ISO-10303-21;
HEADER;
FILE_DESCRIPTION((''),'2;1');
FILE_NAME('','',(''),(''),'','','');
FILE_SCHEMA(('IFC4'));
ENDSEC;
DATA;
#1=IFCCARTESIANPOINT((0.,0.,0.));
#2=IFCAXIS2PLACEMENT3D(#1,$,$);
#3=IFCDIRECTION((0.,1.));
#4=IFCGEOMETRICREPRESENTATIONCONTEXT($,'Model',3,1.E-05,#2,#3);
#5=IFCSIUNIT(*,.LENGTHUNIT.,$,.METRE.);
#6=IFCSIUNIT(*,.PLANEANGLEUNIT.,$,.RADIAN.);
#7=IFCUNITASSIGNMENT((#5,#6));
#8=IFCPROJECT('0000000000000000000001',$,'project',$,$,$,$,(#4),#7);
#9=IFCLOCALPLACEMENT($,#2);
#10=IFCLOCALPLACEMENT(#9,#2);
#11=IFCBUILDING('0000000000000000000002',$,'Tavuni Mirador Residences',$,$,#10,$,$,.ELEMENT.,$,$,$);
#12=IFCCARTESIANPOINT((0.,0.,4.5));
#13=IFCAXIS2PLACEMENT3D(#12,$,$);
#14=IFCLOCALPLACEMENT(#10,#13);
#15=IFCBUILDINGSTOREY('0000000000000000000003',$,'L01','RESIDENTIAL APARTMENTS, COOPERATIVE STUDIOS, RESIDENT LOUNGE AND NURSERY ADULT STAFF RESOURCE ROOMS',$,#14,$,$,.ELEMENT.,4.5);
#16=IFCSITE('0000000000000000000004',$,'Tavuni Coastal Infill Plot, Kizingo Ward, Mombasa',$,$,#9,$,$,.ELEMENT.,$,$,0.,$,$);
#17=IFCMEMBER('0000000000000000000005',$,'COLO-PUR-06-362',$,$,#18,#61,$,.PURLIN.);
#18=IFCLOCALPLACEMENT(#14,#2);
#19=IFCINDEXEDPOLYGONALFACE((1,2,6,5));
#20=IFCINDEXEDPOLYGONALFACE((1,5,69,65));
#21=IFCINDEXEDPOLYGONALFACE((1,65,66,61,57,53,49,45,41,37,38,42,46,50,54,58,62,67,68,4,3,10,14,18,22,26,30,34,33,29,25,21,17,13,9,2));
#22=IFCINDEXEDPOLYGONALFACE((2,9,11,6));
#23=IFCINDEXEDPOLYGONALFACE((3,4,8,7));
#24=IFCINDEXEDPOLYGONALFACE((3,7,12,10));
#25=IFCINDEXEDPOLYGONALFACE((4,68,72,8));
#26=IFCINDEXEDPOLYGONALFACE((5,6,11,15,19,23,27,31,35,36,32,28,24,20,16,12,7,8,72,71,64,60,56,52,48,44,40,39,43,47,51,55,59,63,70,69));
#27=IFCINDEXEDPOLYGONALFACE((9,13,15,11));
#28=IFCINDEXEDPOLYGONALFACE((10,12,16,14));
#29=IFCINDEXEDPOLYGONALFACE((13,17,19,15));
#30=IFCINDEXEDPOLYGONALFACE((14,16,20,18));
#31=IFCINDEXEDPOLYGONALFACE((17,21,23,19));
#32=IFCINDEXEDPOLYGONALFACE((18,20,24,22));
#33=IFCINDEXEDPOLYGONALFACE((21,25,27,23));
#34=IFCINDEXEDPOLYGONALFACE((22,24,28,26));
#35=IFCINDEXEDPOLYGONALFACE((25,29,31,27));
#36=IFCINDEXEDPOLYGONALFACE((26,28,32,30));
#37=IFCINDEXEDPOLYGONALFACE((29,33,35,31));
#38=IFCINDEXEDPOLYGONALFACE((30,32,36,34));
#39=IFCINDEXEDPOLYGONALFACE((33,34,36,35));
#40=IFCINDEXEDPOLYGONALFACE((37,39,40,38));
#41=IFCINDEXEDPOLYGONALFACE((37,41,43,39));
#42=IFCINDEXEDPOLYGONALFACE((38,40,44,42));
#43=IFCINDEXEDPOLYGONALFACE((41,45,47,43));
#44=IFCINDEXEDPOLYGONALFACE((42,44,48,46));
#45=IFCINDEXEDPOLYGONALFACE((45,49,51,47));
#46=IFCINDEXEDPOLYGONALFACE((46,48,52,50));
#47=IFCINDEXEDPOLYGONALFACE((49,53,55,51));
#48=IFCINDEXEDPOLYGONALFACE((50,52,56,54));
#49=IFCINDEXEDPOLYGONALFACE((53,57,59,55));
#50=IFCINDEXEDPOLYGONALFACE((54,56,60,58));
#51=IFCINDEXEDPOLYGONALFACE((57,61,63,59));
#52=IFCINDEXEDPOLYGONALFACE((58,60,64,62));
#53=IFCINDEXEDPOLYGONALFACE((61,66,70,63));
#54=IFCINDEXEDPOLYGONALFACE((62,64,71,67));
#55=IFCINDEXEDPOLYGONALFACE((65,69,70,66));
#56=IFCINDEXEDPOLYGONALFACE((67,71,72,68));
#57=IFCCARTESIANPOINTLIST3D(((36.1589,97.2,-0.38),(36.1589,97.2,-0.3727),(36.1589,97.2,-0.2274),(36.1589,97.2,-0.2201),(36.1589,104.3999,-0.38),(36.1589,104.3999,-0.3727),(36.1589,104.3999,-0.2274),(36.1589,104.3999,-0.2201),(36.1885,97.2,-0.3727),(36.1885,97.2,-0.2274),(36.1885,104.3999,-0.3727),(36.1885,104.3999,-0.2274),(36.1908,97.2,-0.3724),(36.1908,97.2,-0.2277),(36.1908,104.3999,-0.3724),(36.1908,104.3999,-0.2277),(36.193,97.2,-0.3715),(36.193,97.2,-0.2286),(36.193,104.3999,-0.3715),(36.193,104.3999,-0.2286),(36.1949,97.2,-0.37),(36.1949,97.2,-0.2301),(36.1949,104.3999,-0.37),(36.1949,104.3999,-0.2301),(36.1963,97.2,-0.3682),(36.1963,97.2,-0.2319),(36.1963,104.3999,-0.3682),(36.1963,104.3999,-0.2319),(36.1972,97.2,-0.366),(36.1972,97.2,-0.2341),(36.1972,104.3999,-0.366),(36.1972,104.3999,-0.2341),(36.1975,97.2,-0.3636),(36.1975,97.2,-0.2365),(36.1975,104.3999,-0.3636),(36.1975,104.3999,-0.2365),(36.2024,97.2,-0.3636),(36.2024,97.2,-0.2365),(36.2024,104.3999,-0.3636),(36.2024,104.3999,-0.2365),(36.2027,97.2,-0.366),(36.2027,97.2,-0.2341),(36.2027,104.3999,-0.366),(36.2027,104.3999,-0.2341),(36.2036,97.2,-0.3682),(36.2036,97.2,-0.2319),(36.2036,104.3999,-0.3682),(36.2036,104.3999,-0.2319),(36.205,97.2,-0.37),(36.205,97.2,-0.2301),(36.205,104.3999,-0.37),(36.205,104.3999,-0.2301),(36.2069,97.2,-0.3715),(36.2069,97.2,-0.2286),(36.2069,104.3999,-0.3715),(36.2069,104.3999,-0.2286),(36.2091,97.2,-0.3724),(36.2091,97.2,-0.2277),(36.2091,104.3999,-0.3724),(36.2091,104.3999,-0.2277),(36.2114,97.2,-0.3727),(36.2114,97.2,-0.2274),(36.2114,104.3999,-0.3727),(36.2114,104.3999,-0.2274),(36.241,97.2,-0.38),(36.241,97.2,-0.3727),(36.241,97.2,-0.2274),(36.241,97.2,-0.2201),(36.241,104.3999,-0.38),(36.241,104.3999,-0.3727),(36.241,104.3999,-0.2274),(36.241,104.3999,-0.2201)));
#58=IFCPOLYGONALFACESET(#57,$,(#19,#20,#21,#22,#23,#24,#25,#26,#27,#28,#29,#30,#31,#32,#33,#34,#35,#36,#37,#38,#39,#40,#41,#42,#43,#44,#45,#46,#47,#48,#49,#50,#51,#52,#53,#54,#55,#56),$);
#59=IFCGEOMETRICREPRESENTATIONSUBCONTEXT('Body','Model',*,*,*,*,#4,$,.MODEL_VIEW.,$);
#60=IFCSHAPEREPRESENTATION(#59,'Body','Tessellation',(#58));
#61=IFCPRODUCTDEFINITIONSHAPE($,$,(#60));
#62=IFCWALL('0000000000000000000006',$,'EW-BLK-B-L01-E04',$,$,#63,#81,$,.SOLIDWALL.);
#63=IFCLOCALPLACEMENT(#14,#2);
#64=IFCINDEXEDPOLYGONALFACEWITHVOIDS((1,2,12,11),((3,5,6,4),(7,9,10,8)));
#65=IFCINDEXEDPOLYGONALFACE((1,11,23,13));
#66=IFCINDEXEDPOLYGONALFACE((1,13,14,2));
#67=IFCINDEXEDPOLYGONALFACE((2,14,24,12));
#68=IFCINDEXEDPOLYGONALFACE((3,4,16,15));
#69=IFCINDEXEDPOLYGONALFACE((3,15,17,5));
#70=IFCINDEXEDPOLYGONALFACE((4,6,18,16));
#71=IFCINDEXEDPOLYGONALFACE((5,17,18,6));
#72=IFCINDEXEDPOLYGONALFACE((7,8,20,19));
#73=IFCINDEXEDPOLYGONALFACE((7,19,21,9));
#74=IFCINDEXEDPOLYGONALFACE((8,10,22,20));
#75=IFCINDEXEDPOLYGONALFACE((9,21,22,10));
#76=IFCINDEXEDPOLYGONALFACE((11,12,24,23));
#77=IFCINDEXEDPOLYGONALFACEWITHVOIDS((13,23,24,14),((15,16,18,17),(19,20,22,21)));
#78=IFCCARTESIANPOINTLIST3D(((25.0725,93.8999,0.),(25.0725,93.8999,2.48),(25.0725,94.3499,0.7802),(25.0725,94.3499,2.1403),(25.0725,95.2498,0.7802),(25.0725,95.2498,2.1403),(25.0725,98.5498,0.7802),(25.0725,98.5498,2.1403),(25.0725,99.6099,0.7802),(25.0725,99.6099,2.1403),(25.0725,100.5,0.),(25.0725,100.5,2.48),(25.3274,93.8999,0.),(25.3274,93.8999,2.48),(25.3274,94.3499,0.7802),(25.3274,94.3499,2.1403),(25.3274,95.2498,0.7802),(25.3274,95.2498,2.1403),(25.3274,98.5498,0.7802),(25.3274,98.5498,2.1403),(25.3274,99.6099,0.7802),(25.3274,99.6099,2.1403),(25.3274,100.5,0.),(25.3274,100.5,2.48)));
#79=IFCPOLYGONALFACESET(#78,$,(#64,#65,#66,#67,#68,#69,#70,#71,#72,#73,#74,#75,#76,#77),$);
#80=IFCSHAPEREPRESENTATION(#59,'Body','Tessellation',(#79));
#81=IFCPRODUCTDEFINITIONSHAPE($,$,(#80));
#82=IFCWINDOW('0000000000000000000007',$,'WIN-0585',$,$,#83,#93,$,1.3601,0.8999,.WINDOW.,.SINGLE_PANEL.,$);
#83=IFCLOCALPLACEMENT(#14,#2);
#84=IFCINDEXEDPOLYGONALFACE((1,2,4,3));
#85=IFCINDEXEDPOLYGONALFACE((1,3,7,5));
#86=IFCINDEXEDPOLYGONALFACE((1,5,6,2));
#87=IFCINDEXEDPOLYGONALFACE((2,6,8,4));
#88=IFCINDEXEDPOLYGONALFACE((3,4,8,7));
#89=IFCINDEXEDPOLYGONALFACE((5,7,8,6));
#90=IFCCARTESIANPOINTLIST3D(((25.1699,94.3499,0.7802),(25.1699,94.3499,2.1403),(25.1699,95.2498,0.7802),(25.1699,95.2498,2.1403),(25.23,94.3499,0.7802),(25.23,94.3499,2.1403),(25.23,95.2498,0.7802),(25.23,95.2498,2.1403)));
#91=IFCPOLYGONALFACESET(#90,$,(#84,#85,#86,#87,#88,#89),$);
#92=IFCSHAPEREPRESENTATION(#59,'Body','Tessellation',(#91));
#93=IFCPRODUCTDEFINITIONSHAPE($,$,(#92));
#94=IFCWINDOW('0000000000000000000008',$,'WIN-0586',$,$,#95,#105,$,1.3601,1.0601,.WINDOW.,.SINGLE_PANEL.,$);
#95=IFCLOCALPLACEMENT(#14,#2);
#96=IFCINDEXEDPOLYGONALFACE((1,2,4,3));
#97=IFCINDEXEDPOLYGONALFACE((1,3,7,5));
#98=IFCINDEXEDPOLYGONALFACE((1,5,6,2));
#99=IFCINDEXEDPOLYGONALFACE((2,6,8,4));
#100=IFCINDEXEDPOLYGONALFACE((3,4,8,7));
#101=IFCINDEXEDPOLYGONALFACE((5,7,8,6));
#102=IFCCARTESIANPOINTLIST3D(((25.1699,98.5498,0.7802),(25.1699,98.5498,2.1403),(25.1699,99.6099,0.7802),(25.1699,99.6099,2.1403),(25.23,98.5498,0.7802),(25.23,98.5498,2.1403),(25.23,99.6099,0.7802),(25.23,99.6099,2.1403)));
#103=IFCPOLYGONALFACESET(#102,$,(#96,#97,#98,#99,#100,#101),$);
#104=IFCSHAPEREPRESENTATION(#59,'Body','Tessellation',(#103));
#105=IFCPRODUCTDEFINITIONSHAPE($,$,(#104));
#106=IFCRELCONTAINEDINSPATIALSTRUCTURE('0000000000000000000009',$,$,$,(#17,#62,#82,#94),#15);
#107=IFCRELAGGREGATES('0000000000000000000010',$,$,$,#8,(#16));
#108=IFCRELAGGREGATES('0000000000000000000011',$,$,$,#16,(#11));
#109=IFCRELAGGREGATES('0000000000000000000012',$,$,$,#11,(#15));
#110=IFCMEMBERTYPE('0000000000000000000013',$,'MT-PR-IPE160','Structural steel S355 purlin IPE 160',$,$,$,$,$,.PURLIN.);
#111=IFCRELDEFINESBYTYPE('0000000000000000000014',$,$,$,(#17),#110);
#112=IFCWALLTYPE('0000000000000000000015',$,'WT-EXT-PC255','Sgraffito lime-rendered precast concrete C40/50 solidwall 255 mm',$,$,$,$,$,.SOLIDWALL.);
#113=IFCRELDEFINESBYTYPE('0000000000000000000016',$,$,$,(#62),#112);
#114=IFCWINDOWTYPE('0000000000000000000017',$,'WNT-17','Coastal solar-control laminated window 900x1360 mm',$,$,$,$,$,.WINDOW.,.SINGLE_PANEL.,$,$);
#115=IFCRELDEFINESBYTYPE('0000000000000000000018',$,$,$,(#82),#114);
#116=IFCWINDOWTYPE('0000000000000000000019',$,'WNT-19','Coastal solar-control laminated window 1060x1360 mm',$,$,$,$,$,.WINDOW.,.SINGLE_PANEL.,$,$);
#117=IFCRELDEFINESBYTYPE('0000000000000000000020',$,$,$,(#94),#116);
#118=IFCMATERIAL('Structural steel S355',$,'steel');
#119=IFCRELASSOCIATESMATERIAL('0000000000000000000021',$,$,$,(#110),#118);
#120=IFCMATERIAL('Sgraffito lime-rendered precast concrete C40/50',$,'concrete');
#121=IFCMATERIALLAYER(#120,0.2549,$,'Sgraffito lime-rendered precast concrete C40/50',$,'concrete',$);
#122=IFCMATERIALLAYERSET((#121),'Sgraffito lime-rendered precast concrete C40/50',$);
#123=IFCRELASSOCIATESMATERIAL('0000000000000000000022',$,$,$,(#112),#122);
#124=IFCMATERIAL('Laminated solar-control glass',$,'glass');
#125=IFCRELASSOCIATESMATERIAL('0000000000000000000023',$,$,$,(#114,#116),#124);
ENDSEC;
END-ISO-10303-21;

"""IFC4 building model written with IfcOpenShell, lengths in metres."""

from ifc_helpers import new_model, si_unit, direction, frame, frame_2d, origin, origin_2d, place, context, subcontext, project, spatial, rectangle, i_section, extrude, material, layer, layer_set, material_profile, profile_set, type_object, element, fill, save


model = new_model("IFC4")

# Units and contexts
model_context = context("Model", 3, precision=1e-05, world=origin(), true_north=direction((0.0, 1.0)))
body_context = subcontext(model_context, "Body", "Model", "MODEL_VIEW")
ifc_project = project(units=[si_unit("LENGTHUNIT", "METRE"), si_unit("PLANEANGLEUNIT", "RADIAN")], contexts=[model_context])

# Site, building, storey
site_placement = place(None, origin())
site = spatial("IfcSite", under=ifc_project, at=site_placement, Name="Tavuni Coastal Infill Plot, Kizingo Ward, Mombasa", CompositionType="ELEMENT", RefElevation=0.0)
building_placement = place(site_placement, origin())
building = spatial("IfcBuilding", under=site, at=building_placement, Name="Tavuni Mirador Residences", CompositionType="ELEMENT")
storey_placement = place(building_placement, frame((0.0, 0.0, 4.5)))
storey = spatial("IfcBuildingStorey", under=building, at=storey_placement, Name="L01", Description="RESIDENTIAL APARTMENTS, COOPERATIVE STUDIOS, RESIDENT LOUNGE AND NURSERY ADULT STAFF RESOURCE ROOMS", CompositionType="ELEMENT", Elevation=4.5)

# Shared definitions
ifc_material_1 = material(Name="Structural steel S355", Category="steel")

# Member
ifc_material_profile_1 = material_profile(ifc_material_1, i_section(OverallWidth=0.082, OverallDepth=0.1599, WebThickness=0.0049, FlangeThickness=0.0073, FilletRadius=0.009, at=origin_2d()), Name="IPE 160", Category="steel")
ifc_profile_set_1 = profile_set([ifc_material_profile_1], Name="Structural steel S355")
member_type_1 = type_object("IfcMemberType", Name="MT-PR-IPE160", Description="Structural steel S355 purlin IPE 160", PredefinedType="PURLIN", material=ifc_profile_set_1)
for number, where, z_axis, x_axis, name in (
    (1, (36.2, 97.2, -0.3), (0.0, 1.0, 0.0), (-1.0, 0.0, 0.0), "COLO-PUR-06-362"),
):
    element("IfcMember", number, at=place(storey_placement, frame(where, z_axis=z_axis, x_axis=x_axis)), inside=storey, type_object=member_type_1, Name=name, PredefinedType="PURLIN", context=body_context, shape_type="SweptSolid", body=[
        extrude(i_section(OverallWidth=0.082, OverallDepth=0.1599, WebThickness=0.0049, FlangeThickness=0.0073, FilletRadius=0.009, at=origin_2d()), origin(), (0.0, 0.0, 1.0), 7.2),
    ])

# Wall, openings, windows
ifc_material_2 = material(Name="Sgraffito lime-rendered precast concrete C40/50", Category="concrete")
ifc_layer = layer(ifc_material_2, 0.2549, Name="Sgraffito lime-rendered precast concrete C40/50", Category="concrete")
ifc_layer_set = layer_set([ifc_layer], Name="Sgraffito lime-rendered precast concrete C40/50")
wall_type = type_object("IfcWallType", Name="WT-EXT-PC255", Description="Sgraffito lime-rendered precast concrete C40/50 solidwall 255 mm", PredefinedType="SOLIDWALL", material=ifc_layer_set)
wall_placement = place(storey_placement, frame((25.2, 93.8999, 0.0), z_axis=(0.0, 0.0, 1.0), x_axis=(0.0, 1.0, 0.0)))
wall = element("IfcWall", 2, at=wall_placement, inside=storey, type_object=wall_type, Name="EW-BLK-B-L01-E04", PredefinedType="SOLIDWALL", context=body_context, shape_type="SweptSolid", body=[
    extrude(rectangle(XDim=6.6001, YDim=0.2549, at=frame_2d((3.3, 0.0))), origin(), (0.0, 0.0, 1.0), 2.48),
])
opening_1_placement = place(wall_placement, frame((0.45, 0.0, 0.78)))
opening_1 = element("IfcOpeningElement", 3, at=opening_1_placement, cuts=wall, PredefinedType="OPENING", context=body_context, shape_type="SweptSolid", body=[
    extrude(rectangle(XDim=0.8999, YDim=1.3601, at=frame_2d((0.45, 0.6802))), frame((0.0, 0.1375, 0.0), z_axis=(0.0, -1.0, 0.0), x_axis=(1.0, 0.0, 0.0)), (0.0, 0.0, 1.0), 0.2749),
])
opening_2_placement = place(wall_placement, frame((4.6499, 0.0, 0.78)))
opening_2 = element("IfcOpeningElement", 4, at=opening_2_placement, cuts=wall, PredefinedType="OPENING", context=body_context, shape_type="SweptSolid", body=[
    extrude(rectangle(XDim=1.0601, YDim=1.3601, at=frame_2d((0.53, 0.6802))), frame((0.0, 0.1375, 0.0), z_axis=(0.0, -1.0, 0.0), x_axis=(1.0, 0.0, 0.0)), (0.0, 0.0, 1.0), 0.2749),
])
ifc_material_3 = material(Name="Laminated solar-control glass", Category="glass")
window_type_1 = type_object("IfcWindowType", Name="WNT-17", Description="Coastal solar-control laminated window 900x1360 mm", PartitioningType="SINGLE_PANEL", PredefinedType="WINDOW", material=ifc_material_3)
window_1_placement = place(opening_1_placement, origin())
window_1 = element("IfcWindow", 5, at=window_1_placement, inside=storey, type_object=window_type_1, Name="WIN-0585", OverallHeight=1.3601, OverallWidth=0.8999, PartitioningType="SINGLE_PANEL", PredefinedType="WINDOW", context=body_context, shape_type="SweptSolid", body=[
    extrude(rectangle(XDim=0.8999, YDim=1.3601, at=frame_2d((0.45, 0.6802))), frame((0.0, 0.03, 0.0), z_axis=(0.0, -1.0, 0.0), x_axis=(1.0, 0.0, 0.0)), (0.0, 0.0, 1.0), 0.0601),
])
fill(opening_1, window_1)
window_type_2 = type_object("IfcWindowType", Name="WNT-19", Description="Coastal solar-control laminated window 1060x1360 mm", PartitioningType="SINGLE_PANEL", PredefinedType="WINDOW", material=ifc_material_3)
window_2_placement = place(opening_2_placement, origin())
window_2 = element("IfcWindow", 6, at=window_2_placement, inside=storey, type_object=window_type_2, Name="WIN-0586", OverallHeight=1.3601, OverallWidth=1.0601, PartitioningType="SINGLE_PANEL", PredefinedType="WINDOW", context=body_context, shape_type="SweptSolid", body=[
    extrude(rectangle(XDim=1.0601, YDim=1.3601, at=frame_2d((0.53, 0.6802))), frame((0.0, 0.03, 0.0), z_axis=(0.0, -1.0, 0.0), x_axis=(1.0, 0.0, 0.0)), (0.0, 0.0, 1.0), 0.0601),
])
fill(opening_2, window_2)

save(model, "model.ifc")
